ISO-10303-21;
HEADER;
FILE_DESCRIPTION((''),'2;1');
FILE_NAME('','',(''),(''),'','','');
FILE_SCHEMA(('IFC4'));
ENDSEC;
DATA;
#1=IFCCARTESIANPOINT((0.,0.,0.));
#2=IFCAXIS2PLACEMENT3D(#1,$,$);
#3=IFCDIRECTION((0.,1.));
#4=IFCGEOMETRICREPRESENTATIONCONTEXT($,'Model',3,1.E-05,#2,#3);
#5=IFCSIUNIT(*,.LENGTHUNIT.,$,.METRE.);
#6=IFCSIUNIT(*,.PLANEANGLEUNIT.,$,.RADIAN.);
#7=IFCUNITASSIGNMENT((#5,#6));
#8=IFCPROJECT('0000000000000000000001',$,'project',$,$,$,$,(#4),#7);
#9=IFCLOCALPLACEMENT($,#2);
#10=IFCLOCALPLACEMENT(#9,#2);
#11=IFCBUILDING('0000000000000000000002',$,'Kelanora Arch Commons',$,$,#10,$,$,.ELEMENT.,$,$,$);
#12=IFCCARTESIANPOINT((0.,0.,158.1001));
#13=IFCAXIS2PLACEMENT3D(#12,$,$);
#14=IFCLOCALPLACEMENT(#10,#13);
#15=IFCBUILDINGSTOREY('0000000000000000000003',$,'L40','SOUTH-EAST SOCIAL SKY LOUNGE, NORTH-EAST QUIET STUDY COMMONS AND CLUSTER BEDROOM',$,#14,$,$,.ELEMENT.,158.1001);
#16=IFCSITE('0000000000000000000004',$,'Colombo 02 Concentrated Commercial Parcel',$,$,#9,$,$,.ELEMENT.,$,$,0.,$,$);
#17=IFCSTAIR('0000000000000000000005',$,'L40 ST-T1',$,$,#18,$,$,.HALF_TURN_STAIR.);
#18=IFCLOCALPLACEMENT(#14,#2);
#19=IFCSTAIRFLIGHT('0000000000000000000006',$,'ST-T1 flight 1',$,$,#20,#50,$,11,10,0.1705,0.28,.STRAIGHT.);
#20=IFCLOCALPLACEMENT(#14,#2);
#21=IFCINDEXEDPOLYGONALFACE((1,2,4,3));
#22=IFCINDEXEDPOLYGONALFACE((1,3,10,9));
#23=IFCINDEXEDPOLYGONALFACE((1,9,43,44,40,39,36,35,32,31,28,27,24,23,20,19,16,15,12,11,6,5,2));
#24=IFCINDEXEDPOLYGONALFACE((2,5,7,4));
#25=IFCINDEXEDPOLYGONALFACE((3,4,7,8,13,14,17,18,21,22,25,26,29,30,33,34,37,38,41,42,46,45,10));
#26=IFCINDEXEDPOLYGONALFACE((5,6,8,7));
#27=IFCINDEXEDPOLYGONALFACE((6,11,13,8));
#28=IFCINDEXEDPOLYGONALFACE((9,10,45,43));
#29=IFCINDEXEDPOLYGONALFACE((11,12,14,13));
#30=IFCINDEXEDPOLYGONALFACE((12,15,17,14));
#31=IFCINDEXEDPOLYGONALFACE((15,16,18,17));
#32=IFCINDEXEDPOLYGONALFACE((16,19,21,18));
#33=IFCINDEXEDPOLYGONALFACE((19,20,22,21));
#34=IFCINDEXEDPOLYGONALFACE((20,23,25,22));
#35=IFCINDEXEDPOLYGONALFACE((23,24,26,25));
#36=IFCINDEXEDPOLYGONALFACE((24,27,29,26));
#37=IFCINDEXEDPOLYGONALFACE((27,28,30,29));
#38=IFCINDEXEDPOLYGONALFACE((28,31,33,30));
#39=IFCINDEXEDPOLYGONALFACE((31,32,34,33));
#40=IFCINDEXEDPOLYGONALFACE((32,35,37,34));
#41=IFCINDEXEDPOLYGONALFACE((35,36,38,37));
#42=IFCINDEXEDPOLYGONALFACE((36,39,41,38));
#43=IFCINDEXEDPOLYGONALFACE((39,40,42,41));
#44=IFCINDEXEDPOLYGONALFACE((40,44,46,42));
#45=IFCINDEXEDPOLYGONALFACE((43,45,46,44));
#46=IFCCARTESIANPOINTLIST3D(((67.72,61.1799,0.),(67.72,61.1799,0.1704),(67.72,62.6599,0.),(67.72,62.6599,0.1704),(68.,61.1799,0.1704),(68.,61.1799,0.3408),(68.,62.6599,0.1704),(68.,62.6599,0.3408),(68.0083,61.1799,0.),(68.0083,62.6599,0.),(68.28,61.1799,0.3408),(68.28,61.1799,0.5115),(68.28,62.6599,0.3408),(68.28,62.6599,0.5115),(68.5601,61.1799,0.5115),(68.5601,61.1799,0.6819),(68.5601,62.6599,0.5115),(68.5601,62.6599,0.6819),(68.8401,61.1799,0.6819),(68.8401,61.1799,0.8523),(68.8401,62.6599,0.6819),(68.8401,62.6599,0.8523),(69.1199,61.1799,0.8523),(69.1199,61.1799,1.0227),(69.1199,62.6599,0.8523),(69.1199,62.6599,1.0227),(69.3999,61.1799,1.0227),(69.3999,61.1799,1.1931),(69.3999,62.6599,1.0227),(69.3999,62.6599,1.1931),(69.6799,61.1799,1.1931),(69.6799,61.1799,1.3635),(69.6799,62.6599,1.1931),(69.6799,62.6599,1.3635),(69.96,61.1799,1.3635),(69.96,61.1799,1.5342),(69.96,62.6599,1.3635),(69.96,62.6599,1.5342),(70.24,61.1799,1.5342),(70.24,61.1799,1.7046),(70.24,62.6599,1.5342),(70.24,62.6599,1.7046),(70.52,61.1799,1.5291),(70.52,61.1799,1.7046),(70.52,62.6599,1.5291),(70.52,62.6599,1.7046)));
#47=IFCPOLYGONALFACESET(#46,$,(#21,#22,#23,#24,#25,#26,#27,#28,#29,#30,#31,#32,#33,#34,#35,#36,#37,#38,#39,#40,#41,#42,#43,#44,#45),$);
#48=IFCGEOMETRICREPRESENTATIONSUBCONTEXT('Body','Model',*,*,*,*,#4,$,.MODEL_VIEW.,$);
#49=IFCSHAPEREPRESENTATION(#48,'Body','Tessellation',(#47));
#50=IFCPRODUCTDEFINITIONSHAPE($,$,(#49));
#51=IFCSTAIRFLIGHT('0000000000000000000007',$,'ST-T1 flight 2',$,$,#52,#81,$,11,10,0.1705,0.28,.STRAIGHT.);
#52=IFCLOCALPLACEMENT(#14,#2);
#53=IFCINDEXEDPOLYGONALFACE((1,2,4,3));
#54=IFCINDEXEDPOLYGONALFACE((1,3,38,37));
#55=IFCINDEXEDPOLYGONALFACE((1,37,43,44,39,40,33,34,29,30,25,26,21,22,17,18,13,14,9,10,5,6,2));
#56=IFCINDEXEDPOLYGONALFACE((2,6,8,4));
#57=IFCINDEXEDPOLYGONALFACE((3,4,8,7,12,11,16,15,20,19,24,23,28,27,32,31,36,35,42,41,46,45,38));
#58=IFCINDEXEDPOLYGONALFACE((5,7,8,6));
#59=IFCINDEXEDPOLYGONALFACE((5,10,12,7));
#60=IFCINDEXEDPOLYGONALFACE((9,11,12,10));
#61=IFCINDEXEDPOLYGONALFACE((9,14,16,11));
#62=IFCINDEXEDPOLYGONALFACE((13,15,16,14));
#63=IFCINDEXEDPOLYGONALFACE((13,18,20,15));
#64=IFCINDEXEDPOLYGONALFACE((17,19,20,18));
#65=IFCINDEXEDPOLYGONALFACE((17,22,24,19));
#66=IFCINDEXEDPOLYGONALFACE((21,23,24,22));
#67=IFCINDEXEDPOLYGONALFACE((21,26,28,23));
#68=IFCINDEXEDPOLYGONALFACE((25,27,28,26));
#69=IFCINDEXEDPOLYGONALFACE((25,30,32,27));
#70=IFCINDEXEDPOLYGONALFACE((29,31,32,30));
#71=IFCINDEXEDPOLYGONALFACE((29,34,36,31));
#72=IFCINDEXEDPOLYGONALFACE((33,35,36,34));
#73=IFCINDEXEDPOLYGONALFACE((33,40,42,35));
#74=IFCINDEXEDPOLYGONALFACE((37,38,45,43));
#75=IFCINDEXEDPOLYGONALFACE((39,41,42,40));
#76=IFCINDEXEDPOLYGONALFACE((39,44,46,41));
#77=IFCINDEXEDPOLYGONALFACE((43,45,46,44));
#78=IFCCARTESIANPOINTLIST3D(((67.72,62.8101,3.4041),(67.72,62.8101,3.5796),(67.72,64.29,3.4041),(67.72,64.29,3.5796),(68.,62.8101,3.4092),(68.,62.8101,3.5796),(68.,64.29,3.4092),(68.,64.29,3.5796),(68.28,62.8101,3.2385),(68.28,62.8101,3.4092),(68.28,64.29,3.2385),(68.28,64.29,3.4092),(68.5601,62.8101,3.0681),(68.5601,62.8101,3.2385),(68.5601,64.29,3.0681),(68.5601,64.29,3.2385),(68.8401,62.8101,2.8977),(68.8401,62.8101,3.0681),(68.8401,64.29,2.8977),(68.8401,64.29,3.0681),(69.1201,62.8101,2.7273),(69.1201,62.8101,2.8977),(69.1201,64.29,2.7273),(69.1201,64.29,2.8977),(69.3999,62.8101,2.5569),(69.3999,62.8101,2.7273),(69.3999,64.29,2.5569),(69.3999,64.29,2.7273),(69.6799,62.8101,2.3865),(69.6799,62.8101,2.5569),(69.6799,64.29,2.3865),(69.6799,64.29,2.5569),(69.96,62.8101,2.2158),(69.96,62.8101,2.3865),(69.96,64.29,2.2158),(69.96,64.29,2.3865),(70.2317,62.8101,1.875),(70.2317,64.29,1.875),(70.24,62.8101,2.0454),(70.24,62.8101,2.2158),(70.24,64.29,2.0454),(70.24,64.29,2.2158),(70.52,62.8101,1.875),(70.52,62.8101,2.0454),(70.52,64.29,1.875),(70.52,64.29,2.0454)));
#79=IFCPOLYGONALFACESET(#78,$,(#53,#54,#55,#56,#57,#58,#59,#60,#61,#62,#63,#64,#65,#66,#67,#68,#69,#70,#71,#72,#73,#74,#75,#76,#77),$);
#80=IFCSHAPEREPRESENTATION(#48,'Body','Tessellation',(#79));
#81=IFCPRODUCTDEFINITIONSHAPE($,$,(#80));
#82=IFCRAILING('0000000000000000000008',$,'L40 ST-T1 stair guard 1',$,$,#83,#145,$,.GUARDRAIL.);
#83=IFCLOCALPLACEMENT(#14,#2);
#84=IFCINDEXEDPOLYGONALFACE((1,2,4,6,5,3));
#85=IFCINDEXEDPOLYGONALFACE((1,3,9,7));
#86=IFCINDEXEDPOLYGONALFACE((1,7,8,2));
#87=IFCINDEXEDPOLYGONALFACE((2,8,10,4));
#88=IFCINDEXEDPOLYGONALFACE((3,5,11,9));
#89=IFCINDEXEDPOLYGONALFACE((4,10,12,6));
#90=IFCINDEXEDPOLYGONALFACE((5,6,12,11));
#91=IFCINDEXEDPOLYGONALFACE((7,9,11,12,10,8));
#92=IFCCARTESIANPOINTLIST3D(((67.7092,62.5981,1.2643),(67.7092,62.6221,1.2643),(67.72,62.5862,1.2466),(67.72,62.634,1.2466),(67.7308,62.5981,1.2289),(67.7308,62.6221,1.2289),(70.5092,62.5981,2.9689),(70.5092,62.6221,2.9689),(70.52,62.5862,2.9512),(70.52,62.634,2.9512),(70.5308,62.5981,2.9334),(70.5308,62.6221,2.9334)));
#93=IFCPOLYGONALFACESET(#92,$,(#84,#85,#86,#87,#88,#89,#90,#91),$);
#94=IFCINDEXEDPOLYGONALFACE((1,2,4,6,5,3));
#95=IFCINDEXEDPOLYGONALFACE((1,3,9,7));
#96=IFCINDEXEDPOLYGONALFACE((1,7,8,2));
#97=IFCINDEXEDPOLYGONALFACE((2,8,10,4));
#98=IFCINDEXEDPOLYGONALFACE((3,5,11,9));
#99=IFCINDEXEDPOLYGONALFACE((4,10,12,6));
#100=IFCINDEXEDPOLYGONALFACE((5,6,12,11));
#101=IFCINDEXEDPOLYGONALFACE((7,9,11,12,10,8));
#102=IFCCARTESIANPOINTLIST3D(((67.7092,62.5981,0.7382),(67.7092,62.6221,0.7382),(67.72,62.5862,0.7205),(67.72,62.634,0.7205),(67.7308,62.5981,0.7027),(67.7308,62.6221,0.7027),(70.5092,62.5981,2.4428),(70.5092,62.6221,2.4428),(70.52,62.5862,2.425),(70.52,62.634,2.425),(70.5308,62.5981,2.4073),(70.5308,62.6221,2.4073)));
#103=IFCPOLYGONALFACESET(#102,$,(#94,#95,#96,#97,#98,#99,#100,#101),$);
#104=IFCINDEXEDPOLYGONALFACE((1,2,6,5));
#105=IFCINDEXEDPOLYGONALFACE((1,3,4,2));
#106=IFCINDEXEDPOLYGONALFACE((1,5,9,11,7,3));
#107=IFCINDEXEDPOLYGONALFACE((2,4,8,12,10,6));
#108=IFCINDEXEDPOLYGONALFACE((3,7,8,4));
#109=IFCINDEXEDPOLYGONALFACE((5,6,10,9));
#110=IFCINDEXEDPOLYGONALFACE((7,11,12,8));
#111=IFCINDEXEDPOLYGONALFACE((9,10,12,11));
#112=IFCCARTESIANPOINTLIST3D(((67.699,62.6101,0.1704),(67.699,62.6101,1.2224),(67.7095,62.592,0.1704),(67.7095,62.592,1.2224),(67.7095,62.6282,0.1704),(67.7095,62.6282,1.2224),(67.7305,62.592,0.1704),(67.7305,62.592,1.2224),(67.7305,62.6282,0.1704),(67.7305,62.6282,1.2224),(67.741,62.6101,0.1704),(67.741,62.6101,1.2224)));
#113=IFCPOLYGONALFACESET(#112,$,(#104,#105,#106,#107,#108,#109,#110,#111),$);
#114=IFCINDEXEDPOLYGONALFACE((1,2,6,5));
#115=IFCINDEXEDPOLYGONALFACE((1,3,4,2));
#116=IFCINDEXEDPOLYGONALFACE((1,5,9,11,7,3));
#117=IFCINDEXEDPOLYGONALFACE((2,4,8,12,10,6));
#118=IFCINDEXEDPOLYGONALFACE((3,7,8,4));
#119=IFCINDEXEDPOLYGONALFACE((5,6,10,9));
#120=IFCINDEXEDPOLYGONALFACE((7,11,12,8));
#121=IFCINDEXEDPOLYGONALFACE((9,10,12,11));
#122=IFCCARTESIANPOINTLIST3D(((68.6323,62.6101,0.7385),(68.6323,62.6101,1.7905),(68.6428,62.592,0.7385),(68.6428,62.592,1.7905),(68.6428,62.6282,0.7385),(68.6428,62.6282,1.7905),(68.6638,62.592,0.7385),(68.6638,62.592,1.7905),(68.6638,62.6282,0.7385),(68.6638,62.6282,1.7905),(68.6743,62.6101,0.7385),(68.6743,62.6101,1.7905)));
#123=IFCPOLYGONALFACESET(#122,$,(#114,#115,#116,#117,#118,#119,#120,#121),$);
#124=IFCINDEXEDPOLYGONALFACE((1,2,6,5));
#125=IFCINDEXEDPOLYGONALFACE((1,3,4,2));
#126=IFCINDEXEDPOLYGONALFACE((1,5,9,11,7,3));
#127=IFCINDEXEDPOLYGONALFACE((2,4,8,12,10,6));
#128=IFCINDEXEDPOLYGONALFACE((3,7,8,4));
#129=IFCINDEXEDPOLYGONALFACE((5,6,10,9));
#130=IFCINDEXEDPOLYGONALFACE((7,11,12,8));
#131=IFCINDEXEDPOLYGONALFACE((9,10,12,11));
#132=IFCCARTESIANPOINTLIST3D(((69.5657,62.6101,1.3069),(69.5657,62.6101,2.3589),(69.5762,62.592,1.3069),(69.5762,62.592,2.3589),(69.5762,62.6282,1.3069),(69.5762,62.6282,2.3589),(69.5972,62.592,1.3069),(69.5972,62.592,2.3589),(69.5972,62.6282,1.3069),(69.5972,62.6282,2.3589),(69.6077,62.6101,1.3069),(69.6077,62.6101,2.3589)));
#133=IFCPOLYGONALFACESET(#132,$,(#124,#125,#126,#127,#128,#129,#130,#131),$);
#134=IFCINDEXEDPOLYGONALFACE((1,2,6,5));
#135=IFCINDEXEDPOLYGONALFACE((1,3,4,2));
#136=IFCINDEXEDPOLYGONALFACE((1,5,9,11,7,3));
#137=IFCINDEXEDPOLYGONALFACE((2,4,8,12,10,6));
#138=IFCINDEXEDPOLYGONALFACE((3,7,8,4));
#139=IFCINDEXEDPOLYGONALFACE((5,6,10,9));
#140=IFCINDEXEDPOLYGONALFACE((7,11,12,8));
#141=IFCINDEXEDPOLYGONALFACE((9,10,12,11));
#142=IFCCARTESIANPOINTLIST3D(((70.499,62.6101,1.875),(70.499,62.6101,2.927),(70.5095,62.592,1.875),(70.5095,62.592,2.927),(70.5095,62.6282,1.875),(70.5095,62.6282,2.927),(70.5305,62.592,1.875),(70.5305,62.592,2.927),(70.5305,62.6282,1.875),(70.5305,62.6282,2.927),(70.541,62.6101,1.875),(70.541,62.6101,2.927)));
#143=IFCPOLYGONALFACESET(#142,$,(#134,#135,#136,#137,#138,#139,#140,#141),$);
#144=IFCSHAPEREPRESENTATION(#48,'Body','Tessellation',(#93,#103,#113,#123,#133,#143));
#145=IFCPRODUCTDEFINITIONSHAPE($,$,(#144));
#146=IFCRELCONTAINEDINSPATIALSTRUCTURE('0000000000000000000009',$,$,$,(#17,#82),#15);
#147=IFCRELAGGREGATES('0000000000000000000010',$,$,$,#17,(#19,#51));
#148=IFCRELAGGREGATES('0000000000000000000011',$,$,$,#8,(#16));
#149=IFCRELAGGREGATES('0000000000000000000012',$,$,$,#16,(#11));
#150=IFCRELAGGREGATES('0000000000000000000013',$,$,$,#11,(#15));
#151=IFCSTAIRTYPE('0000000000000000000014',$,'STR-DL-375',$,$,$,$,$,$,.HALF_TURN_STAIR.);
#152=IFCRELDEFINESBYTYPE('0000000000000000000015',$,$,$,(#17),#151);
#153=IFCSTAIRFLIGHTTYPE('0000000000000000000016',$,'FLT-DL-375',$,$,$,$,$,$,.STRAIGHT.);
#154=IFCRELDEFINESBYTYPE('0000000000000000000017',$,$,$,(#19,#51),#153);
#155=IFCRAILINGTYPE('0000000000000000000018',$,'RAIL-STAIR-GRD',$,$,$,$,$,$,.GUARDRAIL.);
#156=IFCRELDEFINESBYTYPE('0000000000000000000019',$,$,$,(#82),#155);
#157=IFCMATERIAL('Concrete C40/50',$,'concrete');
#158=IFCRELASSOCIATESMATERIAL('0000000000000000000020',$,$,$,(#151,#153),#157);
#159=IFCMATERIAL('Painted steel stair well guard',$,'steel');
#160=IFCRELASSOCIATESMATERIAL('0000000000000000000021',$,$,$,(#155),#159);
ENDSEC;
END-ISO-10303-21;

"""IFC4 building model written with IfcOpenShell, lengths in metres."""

from ifc_helpers import new_model, si_unit, direction, frame, origin, place, context, subcontext, project, spatial, polyline, outline, extrude, material, type_object, element, aggregate, save


model = new_model("IFC4")

# Units and contexts
model_context = context("Model", 3, precision=1e-05, world=origin(), true_north=direction((0.0, 1.0)))
body_context = subcontext(model_context, "Body", "Model", "MODEL_VIEW")
ifc_project = project(units=[si_unit("LENGTHUNIT", "METRE"), si_unit("PLANEANGLEUNIT", "RADIAN")], contexts=[model_context])

# Site, building, storey
site_placement = place(None, origin())
site = spatial("IfcSite", under=ifc_project, at=site_placement, Name="Colombo 02 Concentrated Commercial Parcel", CompositionType="ELEMENT", RefElevation=0.0)
building_placement = place(site_placement, origin())
building = spatial("IfcBuilding", under=site, at=building_placement, Name="Kelanora Arch Commons", CompositionType="ELEMENT")
storey_placement = place(building_placement, frame((0.0, 0.0, 158.1001)))
storey = spatial("IfcBuildingStorey", under=building, at=storey_placement, Name="L40", Description="SOUTH-EAST SOCIAL SKY LOUNGE, NORTH-EAST QUIET STUDY COMMONS AND CLUSTER BEDROOM", CompositionType="ELEMENT", Elevation=158.1001)

# Shared definitions
ifc_material_1 = material(Name="Concrete C40/50", Category="concrete")

# Stair, stair flights
stair_type = type_object("IfcStairType", Name="STR-DL-375", PredefinedType="HALF_TURN_STAIR", material=ifc_material_1)
stair_placement = place(storey_placement, origin())
stair = element("IfcStair", 1, at=stair_placement, inside=storey, type_object=stair_type, Name="L40 ST-T1", PredefinedType="HALF_TURN_STAIR")
stair_flight_type = type_object("IfcStairFlightType", Name="FLT-DL-375", PredefinedType="STRAIGHT", material=ifc_material_1)
stair_flight_1_placement = place(storey_placement, frame((67.72, 61.9199, 0.0), z_axis=(0.0, 0.0, 1.0), x_axis=(1.0, 0.0, 0.0)))
stair_flight_1 = element("IfcStairFlight", 2, at=stair_flight_1_placement, type_object=stair_flight_type, Name="ST-T1 flight 1", NumberOfRisers=11, NumberOfTreads=10, PredefinedType="STRAIGHT", RiserHeight=0.1705, TreadLength=0.28, context=body_context, shape_type="SweptSolid", body=[
    extrude(outline(polyline([(0.0, 0.0), (0.0, 0.1704), (0.28, 0.1704), (0.28, 0.3408), (0.5601, 0.3408), (0.5601, 0.5115), (0.8401, 0.5115), (0.8401, 0.6819), (1.1201, 0.6819), (1.1201, 0.8523), (1.3999, 0.8523), (1.3999, 1.0227), (1.6799, 1.0227), (1.6799, 1.1931), (1.96, 1.1931), (1.96, 1.3635), (2.24, 1.3635), (2.24, 1.5342), (2.52, 1.5342), (2.52, 1.7046), (2.8, 1.7046), (2.8, 1.875), (2.8, 1.5291), (0.2883, 0.0), (0.0, 0.0)])), frame((0.0, 0.74, 0.0), z_axis=(0.0, -1.0, 0.0), x_axis=(1.0, 0.0, 0.0)), (0.0, 0.0, 1.0), 1.48),
])
stair_flight_2_placement = place(storey_placement, frame((70.52, 63.55, 1.875), z_axis=(0.0, 0.0, 1.0), x_axis=(-1.0, 0.0, 0.0)))
stair_flight_2 = element("IfcStairFlight", 3, at=stair_flight_2_placement, type_object=stair_flight_type, Name="ST-T1 flight 2", NumberOfRisers=11, NumberOfTreads=10, PredefinedType="STRAIGHT", RiserHeight=0.1705, TreadLength=0.28, context=body_context, shape_type="SweptSolid", body=[
    extrude(outline(polyline([(0.0, 0.0), (0.0, 0.1704), (0.28, 0.1704), (0.28, 0.3408), (0.5601, 0.3408), (0.5601, 0.5115), (0.8401, 0.5115), (0.8401, 0.6819), (1.1201, 0.6819), (1.1201, 0.8523), (1.3999, 0.8523), (1.3999, 1.0227), (1.6799, 1.0227), (1.6799, 1.1931), (1.96, 1.1931), (1.96, 1.3635), (2.24, 1.3635), (2.24, 1.5342), (2.52, 1.5342), (2.52, 1.7046), (2.8, 1.7046), (2.8, 1.875), (2.8, 1.5291), (0.2883, 0.0), (0.0, 0.0)])), frame((0.0, 0.74, 0.0), z_axis=(0.0, -1.0, 0.0), x_axis=(1.0, 0.0, 0.0)), (0.0, 0.0, 1.0), 1.48),
])
aggregate(stair, [stair_flight_1, stair_flight_2])

# Railing
ifc_material_2 = material(Name="Painted steel stair well guard", Category="steel")
railing_type_1 = type_object("IfcRailingType", Name="RAIL-STAIR-GRD", PredefinedType="GUARDRAIL", material=ifc_material_2)
railing_1_placement = place(storey_placement, frame((67.72, 62.6101, 0.1704)))
element("IfcRailing", 4, at=railing_1_placement, inside=storey, type_object=railing_type_1, Name="L40 ST-T1 stair guard 1", PredefinedType="GUARDRAIL", context=body_context, shape_type="SweptSolid", body=[
    extrude(outline(polyline([(0.0239, 0.0), (0.012, 0.0208), (-0.012, 0.0208), (-0.0239, 0.0), (-0.012, -0.0208), (0.012, -0.0208), (0.0239, 0.0)])), frame((0.0, 0.0, 1.0762), z_axis=(0.85417, 0.0, 0.519994), x_axis=(0.0, 1.0, 0.0)), (0.0, 0.0, 1.0), 3.2781),
    extrude(outline(polyline([(0.0239, 0.0), (0.012, 0.0208), (-0.012, 0.0208), (-0.0239, 0.0), (-0.012, -0.0208), (0.012, -0.0208), (0.0239, 0.0)])), frame((0.0, 0.0, 0.55), z_axis=(0.85417, 0.0, 0.519994), x_axis=(0.0, 1.0, 0.0)), (0.0, 0.0, 1.0), 3.2781),
    extrude(outline(polyline([(0.021, 0.0), (0.0105, 0.0181), (-0.0105, 0.0181), (-0.021, 0.0), (-0.0105, -0.0181), (0.0105, -0.0181), (0.021, 0.0)])), origin(), (0.0, 0.0, 1.0), 1.052),
    extrude(outline(polyline([(0.021, 0.0), (0.0105, 0.0181), (-0.0105, 0.0181), (-0.021, 0.0), (-0.0105, -0.0181), (0.0105, -0.0181), (0.021, 0.0)])), frame((0.9333, 0.0, 0.5681)), (0.0, 0.0, 1.0), 1.052),
    extrude(outline(polyline([(0.021, 0.0), (0.0105, 0.0181), (-0.0105, 0.0181), (-0.021, 0.0), (-0.0105, -0.0181), (0.0105, -0.0181), (0.021, 0.0)])), frame((1.8667, 0.0, 1.1365)), (0.0, 0.0, 1.0), 1.052),
    extrude(outline(polyline([(0.021, 0.0), (0.0105, 0.0181), (-0.0105, 0.0181), (-0.021, 0.0), (-0.0105, -0.0181), (0.0105, -0.0181), (0.021, 0.0)])), frame((2.8, 0.0, 1.7046)), (0.0, 0.0, 1.0), 1.052),
])

save(model, "model.ifc")
